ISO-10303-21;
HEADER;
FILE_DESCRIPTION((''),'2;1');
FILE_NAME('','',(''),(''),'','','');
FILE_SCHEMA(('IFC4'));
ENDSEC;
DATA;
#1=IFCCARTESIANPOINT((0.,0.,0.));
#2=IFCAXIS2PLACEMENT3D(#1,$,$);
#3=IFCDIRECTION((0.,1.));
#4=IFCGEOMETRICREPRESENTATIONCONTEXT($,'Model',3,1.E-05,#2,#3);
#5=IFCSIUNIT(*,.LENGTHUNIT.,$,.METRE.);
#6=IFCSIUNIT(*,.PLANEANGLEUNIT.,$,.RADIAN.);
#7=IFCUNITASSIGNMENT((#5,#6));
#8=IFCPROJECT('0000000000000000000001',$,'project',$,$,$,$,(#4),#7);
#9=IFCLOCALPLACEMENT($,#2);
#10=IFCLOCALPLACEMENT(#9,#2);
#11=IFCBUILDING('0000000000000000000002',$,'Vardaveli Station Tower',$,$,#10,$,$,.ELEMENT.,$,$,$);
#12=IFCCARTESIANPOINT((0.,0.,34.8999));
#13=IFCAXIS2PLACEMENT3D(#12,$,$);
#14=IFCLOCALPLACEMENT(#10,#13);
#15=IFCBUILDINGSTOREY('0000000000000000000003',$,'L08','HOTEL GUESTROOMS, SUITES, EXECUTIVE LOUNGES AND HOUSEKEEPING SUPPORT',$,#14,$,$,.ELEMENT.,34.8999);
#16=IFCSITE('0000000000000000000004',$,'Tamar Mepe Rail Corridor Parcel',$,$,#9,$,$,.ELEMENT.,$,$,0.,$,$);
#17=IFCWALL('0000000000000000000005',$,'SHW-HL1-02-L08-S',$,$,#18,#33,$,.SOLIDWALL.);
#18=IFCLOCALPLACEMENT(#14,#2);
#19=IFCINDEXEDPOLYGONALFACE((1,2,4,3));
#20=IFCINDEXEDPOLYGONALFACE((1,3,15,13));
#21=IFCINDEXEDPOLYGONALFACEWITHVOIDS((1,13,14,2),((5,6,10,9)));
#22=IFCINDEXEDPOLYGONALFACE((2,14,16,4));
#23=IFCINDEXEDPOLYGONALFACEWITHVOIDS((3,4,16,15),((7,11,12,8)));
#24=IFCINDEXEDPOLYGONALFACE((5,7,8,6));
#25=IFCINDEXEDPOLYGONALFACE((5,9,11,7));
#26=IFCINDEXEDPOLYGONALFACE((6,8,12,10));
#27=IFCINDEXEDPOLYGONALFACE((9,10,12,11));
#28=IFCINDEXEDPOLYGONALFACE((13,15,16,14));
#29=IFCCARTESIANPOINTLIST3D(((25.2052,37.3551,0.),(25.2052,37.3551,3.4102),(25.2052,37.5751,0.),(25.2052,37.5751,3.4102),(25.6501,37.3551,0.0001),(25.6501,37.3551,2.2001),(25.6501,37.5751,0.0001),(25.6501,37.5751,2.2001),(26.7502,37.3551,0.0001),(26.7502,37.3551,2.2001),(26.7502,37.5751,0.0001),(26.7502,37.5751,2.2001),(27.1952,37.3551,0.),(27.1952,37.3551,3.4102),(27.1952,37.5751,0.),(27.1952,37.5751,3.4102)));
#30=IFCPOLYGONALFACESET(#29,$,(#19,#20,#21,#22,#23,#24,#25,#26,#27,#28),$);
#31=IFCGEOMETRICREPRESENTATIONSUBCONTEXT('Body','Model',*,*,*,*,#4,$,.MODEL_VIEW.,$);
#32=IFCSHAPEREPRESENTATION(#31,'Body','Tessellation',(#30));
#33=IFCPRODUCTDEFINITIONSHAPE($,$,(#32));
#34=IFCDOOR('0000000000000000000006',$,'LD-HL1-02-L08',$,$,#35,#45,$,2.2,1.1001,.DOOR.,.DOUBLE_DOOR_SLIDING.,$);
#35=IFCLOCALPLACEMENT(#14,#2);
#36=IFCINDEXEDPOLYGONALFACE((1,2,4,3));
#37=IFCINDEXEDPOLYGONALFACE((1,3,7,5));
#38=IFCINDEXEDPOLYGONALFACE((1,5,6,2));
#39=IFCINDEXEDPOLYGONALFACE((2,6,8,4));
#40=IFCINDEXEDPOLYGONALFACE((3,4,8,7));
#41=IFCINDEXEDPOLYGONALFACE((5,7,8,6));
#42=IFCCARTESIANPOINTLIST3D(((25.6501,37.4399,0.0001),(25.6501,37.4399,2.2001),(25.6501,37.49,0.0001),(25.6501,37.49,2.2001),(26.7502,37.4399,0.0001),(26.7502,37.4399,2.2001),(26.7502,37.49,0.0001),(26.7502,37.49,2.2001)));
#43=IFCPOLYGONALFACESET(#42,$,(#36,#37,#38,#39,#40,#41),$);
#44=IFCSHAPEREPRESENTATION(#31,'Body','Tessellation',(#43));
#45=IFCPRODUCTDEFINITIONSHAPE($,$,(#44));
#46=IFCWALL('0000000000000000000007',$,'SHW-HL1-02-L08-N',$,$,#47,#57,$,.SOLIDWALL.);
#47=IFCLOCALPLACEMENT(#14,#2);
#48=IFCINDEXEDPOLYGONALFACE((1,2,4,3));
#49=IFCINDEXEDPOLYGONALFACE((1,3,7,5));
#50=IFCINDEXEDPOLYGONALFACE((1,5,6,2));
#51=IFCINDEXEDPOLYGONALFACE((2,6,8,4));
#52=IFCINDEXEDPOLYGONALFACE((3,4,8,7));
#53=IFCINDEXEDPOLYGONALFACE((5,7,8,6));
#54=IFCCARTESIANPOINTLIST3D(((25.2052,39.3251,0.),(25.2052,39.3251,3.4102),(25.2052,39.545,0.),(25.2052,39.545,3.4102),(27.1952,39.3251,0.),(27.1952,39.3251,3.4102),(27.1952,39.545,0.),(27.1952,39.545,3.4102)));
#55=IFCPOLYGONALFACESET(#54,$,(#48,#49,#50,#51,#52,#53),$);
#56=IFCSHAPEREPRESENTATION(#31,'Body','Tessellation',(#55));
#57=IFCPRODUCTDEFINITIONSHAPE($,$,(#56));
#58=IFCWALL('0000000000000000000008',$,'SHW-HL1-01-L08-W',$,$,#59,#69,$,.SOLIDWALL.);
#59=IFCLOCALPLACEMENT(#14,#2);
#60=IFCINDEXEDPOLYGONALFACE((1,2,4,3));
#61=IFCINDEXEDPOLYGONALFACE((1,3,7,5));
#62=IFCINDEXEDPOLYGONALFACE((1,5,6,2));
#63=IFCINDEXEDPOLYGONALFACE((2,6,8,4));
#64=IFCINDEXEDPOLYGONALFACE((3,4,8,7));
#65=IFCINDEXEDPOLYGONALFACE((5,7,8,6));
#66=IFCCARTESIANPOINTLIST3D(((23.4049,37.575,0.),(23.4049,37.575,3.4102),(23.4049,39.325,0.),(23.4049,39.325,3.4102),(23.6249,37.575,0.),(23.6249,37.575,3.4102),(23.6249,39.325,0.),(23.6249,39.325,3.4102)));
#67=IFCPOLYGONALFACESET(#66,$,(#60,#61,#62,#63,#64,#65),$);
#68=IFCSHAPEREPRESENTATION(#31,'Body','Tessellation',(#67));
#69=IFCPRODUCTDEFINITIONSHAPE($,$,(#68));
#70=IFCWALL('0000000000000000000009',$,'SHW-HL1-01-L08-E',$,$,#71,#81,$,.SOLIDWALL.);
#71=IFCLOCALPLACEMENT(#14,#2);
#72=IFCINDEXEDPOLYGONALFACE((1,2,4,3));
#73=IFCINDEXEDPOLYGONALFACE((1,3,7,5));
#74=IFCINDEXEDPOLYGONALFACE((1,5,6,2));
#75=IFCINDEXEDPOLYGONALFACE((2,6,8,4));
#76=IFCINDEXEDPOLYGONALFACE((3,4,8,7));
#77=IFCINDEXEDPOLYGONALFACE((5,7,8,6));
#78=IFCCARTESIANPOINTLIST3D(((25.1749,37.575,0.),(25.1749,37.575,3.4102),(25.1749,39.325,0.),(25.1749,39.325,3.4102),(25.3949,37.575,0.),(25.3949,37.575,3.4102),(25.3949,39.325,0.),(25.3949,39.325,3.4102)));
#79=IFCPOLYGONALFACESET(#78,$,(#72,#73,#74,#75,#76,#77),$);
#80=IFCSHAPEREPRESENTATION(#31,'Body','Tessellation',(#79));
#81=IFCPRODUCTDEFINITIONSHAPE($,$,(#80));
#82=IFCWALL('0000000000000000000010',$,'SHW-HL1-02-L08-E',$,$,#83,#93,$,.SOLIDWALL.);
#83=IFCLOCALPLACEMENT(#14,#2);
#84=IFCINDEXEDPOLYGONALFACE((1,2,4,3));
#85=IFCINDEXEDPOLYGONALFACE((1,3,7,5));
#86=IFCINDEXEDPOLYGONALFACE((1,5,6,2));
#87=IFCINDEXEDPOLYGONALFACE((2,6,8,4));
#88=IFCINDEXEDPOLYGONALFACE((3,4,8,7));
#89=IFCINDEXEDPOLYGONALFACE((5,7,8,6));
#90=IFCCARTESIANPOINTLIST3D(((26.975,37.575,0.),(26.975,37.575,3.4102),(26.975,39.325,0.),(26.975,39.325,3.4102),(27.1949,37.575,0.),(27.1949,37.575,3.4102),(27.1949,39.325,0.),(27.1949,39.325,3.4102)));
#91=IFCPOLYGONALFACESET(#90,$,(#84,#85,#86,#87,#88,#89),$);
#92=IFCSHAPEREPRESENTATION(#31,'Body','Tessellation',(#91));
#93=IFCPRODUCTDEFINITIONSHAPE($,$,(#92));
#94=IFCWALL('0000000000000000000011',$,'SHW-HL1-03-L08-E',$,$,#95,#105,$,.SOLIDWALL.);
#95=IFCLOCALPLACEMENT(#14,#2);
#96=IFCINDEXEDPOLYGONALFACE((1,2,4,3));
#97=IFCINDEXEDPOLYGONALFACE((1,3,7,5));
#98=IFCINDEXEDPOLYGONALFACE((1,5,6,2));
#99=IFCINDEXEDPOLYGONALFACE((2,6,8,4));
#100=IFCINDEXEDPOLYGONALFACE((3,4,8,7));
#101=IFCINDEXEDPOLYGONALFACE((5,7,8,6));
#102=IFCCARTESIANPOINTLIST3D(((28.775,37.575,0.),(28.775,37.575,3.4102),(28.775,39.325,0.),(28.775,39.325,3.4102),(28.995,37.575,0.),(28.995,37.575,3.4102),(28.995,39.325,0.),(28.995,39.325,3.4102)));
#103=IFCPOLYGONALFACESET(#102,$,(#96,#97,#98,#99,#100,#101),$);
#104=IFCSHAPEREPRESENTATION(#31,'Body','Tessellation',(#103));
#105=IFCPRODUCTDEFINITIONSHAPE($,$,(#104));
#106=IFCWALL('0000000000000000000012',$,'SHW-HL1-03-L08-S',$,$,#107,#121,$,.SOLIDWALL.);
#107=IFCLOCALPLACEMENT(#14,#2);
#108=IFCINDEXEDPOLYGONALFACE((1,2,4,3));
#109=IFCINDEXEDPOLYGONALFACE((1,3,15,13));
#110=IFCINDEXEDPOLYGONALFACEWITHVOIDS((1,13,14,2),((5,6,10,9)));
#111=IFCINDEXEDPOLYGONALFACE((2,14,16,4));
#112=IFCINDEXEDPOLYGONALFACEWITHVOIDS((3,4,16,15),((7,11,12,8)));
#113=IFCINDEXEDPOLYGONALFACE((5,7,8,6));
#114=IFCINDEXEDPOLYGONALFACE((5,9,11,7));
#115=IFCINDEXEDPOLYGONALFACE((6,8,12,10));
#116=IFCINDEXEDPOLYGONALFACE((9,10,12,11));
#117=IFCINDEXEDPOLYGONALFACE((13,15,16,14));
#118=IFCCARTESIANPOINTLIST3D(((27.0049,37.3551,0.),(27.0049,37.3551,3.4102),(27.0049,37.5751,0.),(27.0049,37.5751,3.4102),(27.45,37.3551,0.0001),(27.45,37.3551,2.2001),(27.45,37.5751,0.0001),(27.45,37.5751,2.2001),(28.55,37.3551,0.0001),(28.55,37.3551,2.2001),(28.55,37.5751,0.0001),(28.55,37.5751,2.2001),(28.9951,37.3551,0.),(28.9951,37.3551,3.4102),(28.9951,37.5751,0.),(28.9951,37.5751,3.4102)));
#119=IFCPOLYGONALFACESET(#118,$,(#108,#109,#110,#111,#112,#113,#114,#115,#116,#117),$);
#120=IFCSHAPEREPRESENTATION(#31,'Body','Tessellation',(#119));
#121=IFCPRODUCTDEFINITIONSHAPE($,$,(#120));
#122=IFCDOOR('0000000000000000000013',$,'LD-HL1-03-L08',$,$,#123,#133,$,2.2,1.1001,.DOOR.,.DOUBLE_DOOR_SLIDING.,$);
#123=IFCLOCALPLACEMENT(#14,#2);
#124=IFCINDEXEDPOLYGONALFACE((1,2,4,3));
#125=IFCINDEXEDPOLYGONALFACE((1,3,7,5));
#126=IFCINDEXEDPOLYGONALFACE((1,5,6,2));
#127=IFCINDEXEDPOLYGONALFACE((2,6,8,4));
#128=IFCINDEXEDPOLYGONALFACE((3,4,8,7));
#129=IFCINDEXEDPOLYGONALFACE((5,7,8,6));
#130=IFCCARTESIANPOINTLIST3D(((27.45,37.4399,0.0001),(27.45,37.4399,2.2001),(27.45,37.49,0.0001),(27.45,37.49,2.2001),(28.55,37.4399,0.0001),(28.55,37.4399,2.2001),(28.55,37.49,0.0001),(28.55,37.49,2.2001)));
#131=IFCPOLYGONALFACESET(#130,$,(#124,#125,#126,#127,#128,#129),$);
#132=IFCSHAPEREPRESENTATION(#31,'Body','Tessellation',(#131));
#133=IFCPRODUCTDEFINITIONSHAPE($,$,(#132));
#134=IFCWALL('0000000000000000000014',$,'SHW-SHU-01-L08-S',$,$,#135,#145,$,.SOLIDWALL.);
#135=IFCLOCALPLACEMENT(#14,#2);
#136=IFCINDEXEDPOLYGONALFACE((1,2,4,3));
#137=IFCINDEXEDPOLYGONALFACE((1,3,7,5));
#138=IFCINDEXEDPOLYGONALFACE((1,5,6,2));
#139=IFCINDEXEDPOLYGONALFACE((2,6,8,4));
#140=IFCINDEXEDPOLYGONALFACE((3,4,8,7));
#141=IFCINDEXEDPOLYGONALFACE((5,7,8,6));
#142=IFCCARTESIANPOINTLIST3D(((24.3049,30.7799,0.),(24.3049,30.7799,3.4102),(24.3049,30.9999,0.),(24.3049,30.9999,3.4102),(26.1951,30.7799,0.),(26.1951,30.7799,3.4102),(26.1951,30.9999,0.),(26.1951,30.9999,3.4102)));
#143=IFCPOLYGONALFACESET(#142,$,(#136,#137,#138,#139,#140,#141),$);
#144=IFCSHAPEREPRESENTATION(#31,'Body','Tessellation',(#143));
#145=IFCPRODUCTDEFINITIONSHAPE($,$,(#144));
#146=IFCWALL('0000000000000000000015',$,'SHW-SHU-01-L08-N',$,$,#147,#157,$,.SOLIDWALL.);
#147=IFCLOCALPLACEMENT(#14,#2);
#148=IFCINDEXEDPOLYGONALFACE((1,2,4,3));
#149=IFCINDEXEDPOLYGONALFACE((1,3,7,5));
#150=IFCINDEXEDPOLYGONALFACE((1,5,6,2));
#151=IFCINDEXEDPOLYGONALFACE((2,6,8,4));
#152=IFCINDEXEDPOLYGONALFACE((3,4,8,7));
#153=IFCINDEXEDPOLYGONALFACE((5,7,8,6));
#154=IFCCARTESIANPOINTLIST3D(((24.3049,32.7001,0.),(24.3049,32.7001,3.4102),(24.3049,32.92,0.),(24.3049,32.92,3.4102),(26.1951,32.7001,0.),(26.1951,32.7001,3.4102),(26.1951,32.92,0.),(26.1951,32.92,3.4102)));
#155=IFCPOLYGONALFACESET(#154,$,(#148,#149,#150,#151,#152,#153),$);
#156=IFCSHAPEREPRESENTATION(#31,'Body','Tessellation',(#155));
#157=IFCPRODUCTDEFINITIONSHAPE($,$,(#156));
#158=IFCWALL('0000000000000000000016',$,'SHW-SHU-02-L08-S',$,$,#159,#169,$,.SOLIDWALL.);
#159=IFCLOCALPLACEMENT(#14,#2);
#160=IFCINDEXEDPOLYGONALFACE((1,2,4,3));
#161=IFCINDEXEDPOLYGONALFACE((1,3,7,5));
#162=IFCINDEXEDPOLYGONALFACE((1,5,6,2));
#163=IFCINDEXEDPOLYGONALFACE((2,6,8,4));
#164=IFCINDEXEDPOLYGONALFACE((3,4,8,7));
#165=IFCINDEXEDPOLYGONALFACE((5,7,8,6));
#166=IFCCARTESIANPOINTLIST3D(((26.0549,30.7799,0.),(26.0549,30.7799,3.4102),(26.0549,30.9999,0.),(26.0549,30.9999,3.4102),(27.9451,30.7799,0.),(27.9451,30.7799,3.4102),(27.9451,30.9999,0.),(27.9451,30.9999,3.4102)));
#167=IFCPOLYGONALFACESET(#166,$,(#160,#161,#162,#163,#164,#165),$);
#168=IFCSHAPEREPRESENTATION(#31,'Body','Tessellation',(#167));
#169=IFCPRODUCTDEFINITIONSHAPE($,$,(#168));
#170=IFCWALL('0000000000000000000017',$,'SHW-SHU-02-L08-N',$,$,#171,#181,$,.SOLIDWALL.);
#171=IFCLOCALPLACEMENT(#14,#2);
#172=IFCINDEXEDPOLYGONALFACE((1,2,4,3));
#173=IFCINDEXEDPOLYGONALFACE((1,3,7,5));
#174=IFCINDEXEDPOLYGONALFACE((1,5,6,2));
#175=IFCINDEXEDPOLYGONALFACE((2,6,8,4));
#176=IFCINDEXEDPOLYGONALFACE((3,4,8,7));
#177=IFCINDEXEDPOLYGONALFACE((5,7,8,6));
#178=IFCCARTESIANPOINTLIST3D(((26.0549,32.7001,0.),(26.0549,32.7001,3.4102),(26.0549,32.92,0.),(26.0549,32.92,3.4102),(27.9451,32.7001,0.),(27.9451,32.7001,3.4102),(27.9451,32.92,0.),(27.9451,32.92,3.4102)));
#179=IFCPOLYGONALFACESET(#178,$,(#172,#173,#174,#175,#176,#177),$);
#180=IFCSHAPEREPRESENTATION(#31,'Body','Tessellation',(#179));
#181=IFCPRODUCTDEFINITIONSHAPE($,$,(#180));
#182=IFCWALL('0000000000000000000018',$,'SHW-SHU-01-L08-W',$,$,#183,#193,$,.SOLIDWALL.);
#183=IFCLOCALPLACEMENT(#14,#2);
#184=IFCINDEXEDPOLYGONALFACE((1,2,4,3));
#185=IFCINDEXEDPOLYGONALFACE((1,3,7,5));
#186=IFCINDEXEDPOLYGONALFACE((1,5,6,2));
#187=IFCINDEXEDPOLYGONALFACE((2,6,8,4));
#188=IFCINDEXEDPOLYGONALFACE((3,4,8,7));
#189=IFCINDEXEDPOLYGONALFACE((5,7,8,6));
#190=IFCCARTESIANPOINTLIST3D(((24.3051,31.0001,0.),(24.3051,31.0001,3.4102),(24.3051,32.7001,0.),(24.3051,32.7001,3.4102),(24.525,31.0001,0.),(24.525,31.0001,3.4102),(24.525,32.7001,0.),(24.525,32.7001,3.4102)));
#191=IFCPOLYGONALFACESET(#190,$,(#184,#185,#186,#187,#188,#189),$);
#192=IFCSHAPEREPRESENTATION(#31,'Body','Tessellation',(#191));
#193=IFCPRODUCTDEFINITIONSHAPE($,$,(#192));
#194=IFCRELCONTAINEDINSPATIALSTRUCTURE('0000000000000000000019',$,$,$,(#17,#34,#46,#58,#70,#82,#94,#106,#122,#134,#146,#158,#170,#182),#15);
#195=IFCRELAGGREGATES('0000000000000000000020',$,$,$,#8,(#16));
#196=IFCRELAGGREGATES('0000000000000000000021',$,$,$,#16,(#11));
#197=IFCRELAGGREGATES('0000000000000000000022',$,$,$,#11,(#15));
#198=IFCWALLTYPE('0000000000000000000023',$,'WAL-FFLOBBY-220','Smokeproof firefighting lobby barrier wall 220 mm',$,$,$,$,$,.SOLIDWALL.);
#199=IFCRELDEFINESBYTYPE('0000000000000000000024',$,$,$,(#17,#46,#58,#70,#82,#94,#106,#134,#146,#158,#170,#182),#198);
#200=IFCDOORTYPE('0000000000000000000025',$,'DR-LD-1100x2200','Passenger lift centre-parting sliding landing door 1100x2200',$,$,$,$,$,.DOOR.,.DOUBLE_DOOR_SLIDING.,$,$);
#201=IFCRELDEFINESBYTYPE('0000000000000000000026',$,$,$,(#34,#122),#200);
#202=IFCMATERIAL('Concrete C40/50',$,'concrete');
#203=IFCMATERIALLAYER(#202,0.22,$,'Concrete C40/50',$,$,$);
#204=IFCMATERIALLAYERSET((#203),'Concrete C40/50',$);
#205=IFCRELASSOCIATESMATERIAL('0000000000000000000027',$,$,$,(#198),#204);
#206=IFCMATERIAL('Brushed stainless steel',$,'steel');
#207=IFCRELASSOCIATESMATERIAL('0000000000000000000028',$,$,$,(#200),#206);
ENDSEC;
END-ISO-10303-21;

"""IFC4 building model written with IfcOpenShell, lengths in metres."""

from ifc_helpers import new_model, si_unit, direction, frame, frame_2d, origin, place, context, subcontext, project, spatial, rectangle, extrude, source, transform, mapped, material, layer, layer_set, type_object, element, fill, save


model = new_model("IFC4")

# Units and contexts
model_context = context("Model", 3, precision=1e-05, world=origin(), true_north=direction((0.0, 1.0)))
body_context = subcontext(model_context, "Body", "Model", "MODEL_VIEW")
ifc_project = project(units=[si_unit("LENGTHUNIT", "METRE"), si_unit("PLANEANGLEUNIT", "RADIAN")], contexts=[model_context])

# Site, building, storey
site_placement = place(None, origin())
site = spatial("IfcSite", under=ifc_project, at=site_placement, Name="Tamar Mepe Rail Corridor Parcel", CompositionType="ELEMENT", RefElevation=0.0)
building_placement = place(site_placement, origin())
building = spatial("IfcBuilding", under=site, at=building_placement, Name="Vardaveli Station Tower", CompositionType="ELEMENT")
storey_placement = place(building_placement, frame((0.0, 0.0, 34.8999)))
storey = spatial("IfcBuildingStorey", under=building, at=storey_placement, Name="L08", Description="HOTEL GUESTROOMS, SUITES, EXECUTIVE LOUNGES AND HOUSEKEEPING SUPPORT", CompositionType="ELEMENT", Elevation=34.8999)

# Shared definitions
ifc_material_1 = material(Name="Concrete C40/50", Category="concrete")

# Shared definitions
ifc_layer_1 = layer(ifc_material_1, 0.22, Name="Concrete C40/50")
ifc_layer_set_1 = layer_set([ifc_layer_1], Name="Concrete C40/50")
wall_type_1 = type_object("IfcWallType", Name="WAL-FFLOBBY-220", Description="Smokeproof firefighting lobby barrier wall 220 mm", PredefinedType="SOLIDWALL", material=ifc_layer_set_1)
shared_shape_1 = source(origin(), body_context, "Body", "SweptSolid", [
    extrude(rectangle(XDim=1.99, YDim=0.22, at=frame_2d((0.9951, 0.0))), origin(), (0.0, 0.0, 1.0), 3.4102),
])
shared_shape_2 = source(origin(), body_context, "Body", "SweptSolid", [
    extrude(rectangle(XDim=1.1001, YDim=2.2, at=frame_2d((0.55, 1.1001))), frame((0.0, 0.1201, 0.0), z_axis=(0.0, -1.0, 0.0), x_axis=(1.0, 0.0, 0.0)), (0.0, 0.0, 1.0), 0.24),
])
ifc_material_2 = material(Name="Brushed stainless steel", Category="steel")
door_type = type_object("IfcDoorType", Name="DR-LD-1100x2200", Description="Passenger lift centre-parting sliding landing door 1100x2200", OperationType="DOUBLE_DOOR_SLIDING", PredefinedType="DOOR", material=ifc_material_2)
shared_shape_3 = source(origin(), body_context, "Body", "SweptSolid", [
    extrude(rectangle(XDim=1.1001, YDim=2.2, at=frame_2d((0.55, 1.1001))), frame((0.0, 0.0249, 0.0), z_axis=(0.0, -1.0, 0.0), x_axis=(1.0, 0.0, 0.0)), (0.0, 0.0, 1.0), 0.05),
])

# Wall, opening, door
wall_1_placement = place(storey_placement, frame((25.2051, 37.4651, 0.0), z_axis=(0.0, 0.0, 1.0), x_axis=(1.0, 0.0, 0.0)))
wall_1 = element("IfcWall", 1, at=wall_1_placement, inside=storey, type_object=wall_type_1, Name="SHW-HL1-02-L08-S", PredefinedType="SOLIDWALL", context=body_context, shape_type="MappedRepresentation", body=[
    mapped(shared_shape_1, transform((0.0, 0.0, 0.0), scale=1.0)),
])
opening_1_placement = place(wall_1_placement, frame((0.4451, 0.0, 0.0)))
opening_1 = element("IfcOpeningElement", 2, at=opening_1_placement, cuts=wall_1, PredefinedType="OPENING", context=body_context, shape_type="MappedRepresentation", body=[
    mapped(shared_shape_2, transform((0.0, 0.0, 0.0), scale=1.0)),
])
door_1_placement = place(opening_1_placement, origin())
door_1 = element("IfcDoor", 3, at=door_1_placement, inside=storey, type_object=door_type, Name="LD-HL1-02-L08", OperationType="DOUBLE_DOOR_SLIDING", OverallHeight=2.2, OverallWidth=1.1001, PredefinedType="DOOR", context=body_context, shape_type="MappedRepresentation", body=[
    mapped(shared_shape_3, transform((0.0, 0.0, 0.0), scale=1.0)),
])
fill(opening_1, door_1)

# Walls
wall_2_placement = place(storey_placement, frame((25.2051, 39.4351, 0.0), z_axis=(0.0, 0.0, 1.0), x_axis=(1.0, 0.0, 0.0)))
element("IfcWall", 4, at=wall_2_placement, inside=storey, type_object=wall_type_1, Name="SHW-HL1-02-L08-N", PredefinedType="SOLIDWALL", context=body_context, shape_type="MappedRepresentation", body=[
    mapped(shared_shape_1, transform((0.0, 0.0, 0.0), scale=1.0)),
])
shared_shape_4 = source(origin(), body_context, "Body", "SweptSolid", [
    extrude(rectangle(XDim=1.75, YDim=0.22, at=frame_2d((0.875, 0.0))), origin(), (0.0, 0.0, 1.0), 3.4102),
])
for number, where, z_axis, x_axis, name in (
    (5, (23.5149, 37.575, 0.0), (0.0, 0.0, 1.0), (0.0, 1.0, 0.0), "SHW-HL1-01-L08-W"),
    (6, (25.2849, 37.575, 0.0), (0.0, 0.0, 1.0), (0.0, 1.0, 0.0), "SHW-HL1-01-L08-E"),
    (7, (27.085, 37.575, 0.0), (0.0, 0.0, 1.0), (0.0, 1.0, 0.0), "SHW-HL1-02-L08-E"),
    (8, (28.885, 37.575, 0.0), (0.0, 0.0, 1.0), (0.0, 1.0, 0.0), "SHW-HL1-03-L08-E"),
):
    element("IfcWall", number, at=place(storey_placement, frame(where, z_axis=z_axis, x_axis=x_axis)), inside=storey, type_object=wall_type_1, Name=name, PredefinedType="SOLIDWALL", context=body_context, shape_type="MappedRepresentation", body=[
        mapped(shared_shape_4, transform((0.0, 0.0, 0.0), scale=1.0)),
    ])

# Wall, opening, door
shared_shape_5 = source(origin(), body_context, "Body", "SweptSolid", [
    extrude(rectangle(XDim=1.9902, YDim=0.22, at=frame_2d((0.9951, 0.0))), origin(), (0.0, 0.0, 1.0), 3.4102),
])
wall_3_placement = place(storey_placement, frame((27.0049, 37.4651, 0.0), z_axis=(0.0, 0.0, 1.0), x_axis=(1.0, 0.0, 0.0)))
wall_3 = element("IfcWall", 9, at=wall_3_placement, inside=storey, type_object=wall_type_1, Name="SHW-HL1-03-L08-S", PredefinedType="SOLIDWALL", context=body_context, shape_type="MappedRepresentation", body=[
    mapped(shared_shape_5, transform((0.0, 0.0, 0.0), scale=1.0)),
])
opening_2_placement = place(wall_3_placement, frame((0.4451, 0.0, 0.0)))
opening_2 = element("IfcOpeningElement", 10, at=opening_2_placement, cuts=wall_3, PredefinedType="OPENING", context=body_context, shape_type="MappedRepresentation", body=[
    mapped(shared_shape_2, transform((0.0, 0.0, 0.0), scale=1.0)),
])
door_2_placement = place(opening_2_placement, origin())
door_2 = element("IfcDoor", 11, at=door_2_placement, inside=storey, type_object=door_type, Name="LD-HL1-03-L08", OperationType="DOUBLE_DOOR_SLIDING", OverallHeight=2.2, OverallWidth=1.1001, PredefinedType="DOOR", context=body_context, shape_type="MappedRepresentation", body=[
    mapped(shared_shape_3, transform((0.0, 0.0, 0.0), scale=1.0)),
])
fill(opening_2, door_2)

# Walls
shared_shape_6 = source(origin(), body_context, "Body", "SweptSolid", [
    extrude(rectangle(XDim=1.8901, YDim=0.22, at=frame_2d((0.9451, 0.0))), origin(), (0.0, 0.0, 1.0), 3.4102),
])
for number, where, z_axis, x_axis, name in (
    (12, (24.3049, 30.8899, 0.0), (0.0, 0.0, 1.0), (1.0, 0.0, 0.0), "SHW-SHU-01-L08-S"),
    (13, (24.3049, 32.8101, 0.0), (0.0, 0.0, 1.0), (1.0, 0.0, 0.0), "SHW-SHU-01-L08-N"),
    (14, (26.0549, 30.8899, 0.0), (0.0, 0.0, 1.0), (1.0, 0.0, 0.0), "SHW-SHU-02-L08-S"),
    (15, (26.0549, 32.8101, 0.0), (0.0, 0.0, 1.0), (1.0, 0.0, 0.0), "SHW-SHU-02-L08-N"),
):
    element("IfcWall", number, at=place(storey_placement, frame(where, z_axis=z_axis, x_axis=x_axis)), inside=storey, type_object=wall_type_1, Name=name, PredefinedType="SOLIDWALL", context=body_context, shape_type="MappedRepresentation", body=[
        mapped(shared_shape_6, transform((0.0, 0.0, 0.0), scale=1.0)),
    ])
shared_shape_7 = source(origin(), body_context, "Body", "SweptSolid", [
    extrude(rectangle(XDim=1.7, YDim=0.22, at=frame_2d((0.8501, 0.0))), origin(), (0.0, 0.0, 1.0), 3.4102),
])
for number, where, z_axis, x_axis, name in (
    (16, (24.415, 31.0, 0.0), (0.0, 0.0, 1.0), (0.0, 1.0, 0.0), "SHW-SHU-01-L08-W"),
):
    element("IfcWall", number, at=place(storey_placement, frame(where, z_axis=z_axis, x_axis=x_axis)), inside=storey, type_object=wall_type_1, Name=name, PredefinedType="SOLIDWALL", context=body_context, shape_type="MappedRepresentation", body=[
        mapped(shared_shape_7, transform((0.0, 0.0, 0.0), scale=1.0)),
    ])

save(model, "model.ifc")
